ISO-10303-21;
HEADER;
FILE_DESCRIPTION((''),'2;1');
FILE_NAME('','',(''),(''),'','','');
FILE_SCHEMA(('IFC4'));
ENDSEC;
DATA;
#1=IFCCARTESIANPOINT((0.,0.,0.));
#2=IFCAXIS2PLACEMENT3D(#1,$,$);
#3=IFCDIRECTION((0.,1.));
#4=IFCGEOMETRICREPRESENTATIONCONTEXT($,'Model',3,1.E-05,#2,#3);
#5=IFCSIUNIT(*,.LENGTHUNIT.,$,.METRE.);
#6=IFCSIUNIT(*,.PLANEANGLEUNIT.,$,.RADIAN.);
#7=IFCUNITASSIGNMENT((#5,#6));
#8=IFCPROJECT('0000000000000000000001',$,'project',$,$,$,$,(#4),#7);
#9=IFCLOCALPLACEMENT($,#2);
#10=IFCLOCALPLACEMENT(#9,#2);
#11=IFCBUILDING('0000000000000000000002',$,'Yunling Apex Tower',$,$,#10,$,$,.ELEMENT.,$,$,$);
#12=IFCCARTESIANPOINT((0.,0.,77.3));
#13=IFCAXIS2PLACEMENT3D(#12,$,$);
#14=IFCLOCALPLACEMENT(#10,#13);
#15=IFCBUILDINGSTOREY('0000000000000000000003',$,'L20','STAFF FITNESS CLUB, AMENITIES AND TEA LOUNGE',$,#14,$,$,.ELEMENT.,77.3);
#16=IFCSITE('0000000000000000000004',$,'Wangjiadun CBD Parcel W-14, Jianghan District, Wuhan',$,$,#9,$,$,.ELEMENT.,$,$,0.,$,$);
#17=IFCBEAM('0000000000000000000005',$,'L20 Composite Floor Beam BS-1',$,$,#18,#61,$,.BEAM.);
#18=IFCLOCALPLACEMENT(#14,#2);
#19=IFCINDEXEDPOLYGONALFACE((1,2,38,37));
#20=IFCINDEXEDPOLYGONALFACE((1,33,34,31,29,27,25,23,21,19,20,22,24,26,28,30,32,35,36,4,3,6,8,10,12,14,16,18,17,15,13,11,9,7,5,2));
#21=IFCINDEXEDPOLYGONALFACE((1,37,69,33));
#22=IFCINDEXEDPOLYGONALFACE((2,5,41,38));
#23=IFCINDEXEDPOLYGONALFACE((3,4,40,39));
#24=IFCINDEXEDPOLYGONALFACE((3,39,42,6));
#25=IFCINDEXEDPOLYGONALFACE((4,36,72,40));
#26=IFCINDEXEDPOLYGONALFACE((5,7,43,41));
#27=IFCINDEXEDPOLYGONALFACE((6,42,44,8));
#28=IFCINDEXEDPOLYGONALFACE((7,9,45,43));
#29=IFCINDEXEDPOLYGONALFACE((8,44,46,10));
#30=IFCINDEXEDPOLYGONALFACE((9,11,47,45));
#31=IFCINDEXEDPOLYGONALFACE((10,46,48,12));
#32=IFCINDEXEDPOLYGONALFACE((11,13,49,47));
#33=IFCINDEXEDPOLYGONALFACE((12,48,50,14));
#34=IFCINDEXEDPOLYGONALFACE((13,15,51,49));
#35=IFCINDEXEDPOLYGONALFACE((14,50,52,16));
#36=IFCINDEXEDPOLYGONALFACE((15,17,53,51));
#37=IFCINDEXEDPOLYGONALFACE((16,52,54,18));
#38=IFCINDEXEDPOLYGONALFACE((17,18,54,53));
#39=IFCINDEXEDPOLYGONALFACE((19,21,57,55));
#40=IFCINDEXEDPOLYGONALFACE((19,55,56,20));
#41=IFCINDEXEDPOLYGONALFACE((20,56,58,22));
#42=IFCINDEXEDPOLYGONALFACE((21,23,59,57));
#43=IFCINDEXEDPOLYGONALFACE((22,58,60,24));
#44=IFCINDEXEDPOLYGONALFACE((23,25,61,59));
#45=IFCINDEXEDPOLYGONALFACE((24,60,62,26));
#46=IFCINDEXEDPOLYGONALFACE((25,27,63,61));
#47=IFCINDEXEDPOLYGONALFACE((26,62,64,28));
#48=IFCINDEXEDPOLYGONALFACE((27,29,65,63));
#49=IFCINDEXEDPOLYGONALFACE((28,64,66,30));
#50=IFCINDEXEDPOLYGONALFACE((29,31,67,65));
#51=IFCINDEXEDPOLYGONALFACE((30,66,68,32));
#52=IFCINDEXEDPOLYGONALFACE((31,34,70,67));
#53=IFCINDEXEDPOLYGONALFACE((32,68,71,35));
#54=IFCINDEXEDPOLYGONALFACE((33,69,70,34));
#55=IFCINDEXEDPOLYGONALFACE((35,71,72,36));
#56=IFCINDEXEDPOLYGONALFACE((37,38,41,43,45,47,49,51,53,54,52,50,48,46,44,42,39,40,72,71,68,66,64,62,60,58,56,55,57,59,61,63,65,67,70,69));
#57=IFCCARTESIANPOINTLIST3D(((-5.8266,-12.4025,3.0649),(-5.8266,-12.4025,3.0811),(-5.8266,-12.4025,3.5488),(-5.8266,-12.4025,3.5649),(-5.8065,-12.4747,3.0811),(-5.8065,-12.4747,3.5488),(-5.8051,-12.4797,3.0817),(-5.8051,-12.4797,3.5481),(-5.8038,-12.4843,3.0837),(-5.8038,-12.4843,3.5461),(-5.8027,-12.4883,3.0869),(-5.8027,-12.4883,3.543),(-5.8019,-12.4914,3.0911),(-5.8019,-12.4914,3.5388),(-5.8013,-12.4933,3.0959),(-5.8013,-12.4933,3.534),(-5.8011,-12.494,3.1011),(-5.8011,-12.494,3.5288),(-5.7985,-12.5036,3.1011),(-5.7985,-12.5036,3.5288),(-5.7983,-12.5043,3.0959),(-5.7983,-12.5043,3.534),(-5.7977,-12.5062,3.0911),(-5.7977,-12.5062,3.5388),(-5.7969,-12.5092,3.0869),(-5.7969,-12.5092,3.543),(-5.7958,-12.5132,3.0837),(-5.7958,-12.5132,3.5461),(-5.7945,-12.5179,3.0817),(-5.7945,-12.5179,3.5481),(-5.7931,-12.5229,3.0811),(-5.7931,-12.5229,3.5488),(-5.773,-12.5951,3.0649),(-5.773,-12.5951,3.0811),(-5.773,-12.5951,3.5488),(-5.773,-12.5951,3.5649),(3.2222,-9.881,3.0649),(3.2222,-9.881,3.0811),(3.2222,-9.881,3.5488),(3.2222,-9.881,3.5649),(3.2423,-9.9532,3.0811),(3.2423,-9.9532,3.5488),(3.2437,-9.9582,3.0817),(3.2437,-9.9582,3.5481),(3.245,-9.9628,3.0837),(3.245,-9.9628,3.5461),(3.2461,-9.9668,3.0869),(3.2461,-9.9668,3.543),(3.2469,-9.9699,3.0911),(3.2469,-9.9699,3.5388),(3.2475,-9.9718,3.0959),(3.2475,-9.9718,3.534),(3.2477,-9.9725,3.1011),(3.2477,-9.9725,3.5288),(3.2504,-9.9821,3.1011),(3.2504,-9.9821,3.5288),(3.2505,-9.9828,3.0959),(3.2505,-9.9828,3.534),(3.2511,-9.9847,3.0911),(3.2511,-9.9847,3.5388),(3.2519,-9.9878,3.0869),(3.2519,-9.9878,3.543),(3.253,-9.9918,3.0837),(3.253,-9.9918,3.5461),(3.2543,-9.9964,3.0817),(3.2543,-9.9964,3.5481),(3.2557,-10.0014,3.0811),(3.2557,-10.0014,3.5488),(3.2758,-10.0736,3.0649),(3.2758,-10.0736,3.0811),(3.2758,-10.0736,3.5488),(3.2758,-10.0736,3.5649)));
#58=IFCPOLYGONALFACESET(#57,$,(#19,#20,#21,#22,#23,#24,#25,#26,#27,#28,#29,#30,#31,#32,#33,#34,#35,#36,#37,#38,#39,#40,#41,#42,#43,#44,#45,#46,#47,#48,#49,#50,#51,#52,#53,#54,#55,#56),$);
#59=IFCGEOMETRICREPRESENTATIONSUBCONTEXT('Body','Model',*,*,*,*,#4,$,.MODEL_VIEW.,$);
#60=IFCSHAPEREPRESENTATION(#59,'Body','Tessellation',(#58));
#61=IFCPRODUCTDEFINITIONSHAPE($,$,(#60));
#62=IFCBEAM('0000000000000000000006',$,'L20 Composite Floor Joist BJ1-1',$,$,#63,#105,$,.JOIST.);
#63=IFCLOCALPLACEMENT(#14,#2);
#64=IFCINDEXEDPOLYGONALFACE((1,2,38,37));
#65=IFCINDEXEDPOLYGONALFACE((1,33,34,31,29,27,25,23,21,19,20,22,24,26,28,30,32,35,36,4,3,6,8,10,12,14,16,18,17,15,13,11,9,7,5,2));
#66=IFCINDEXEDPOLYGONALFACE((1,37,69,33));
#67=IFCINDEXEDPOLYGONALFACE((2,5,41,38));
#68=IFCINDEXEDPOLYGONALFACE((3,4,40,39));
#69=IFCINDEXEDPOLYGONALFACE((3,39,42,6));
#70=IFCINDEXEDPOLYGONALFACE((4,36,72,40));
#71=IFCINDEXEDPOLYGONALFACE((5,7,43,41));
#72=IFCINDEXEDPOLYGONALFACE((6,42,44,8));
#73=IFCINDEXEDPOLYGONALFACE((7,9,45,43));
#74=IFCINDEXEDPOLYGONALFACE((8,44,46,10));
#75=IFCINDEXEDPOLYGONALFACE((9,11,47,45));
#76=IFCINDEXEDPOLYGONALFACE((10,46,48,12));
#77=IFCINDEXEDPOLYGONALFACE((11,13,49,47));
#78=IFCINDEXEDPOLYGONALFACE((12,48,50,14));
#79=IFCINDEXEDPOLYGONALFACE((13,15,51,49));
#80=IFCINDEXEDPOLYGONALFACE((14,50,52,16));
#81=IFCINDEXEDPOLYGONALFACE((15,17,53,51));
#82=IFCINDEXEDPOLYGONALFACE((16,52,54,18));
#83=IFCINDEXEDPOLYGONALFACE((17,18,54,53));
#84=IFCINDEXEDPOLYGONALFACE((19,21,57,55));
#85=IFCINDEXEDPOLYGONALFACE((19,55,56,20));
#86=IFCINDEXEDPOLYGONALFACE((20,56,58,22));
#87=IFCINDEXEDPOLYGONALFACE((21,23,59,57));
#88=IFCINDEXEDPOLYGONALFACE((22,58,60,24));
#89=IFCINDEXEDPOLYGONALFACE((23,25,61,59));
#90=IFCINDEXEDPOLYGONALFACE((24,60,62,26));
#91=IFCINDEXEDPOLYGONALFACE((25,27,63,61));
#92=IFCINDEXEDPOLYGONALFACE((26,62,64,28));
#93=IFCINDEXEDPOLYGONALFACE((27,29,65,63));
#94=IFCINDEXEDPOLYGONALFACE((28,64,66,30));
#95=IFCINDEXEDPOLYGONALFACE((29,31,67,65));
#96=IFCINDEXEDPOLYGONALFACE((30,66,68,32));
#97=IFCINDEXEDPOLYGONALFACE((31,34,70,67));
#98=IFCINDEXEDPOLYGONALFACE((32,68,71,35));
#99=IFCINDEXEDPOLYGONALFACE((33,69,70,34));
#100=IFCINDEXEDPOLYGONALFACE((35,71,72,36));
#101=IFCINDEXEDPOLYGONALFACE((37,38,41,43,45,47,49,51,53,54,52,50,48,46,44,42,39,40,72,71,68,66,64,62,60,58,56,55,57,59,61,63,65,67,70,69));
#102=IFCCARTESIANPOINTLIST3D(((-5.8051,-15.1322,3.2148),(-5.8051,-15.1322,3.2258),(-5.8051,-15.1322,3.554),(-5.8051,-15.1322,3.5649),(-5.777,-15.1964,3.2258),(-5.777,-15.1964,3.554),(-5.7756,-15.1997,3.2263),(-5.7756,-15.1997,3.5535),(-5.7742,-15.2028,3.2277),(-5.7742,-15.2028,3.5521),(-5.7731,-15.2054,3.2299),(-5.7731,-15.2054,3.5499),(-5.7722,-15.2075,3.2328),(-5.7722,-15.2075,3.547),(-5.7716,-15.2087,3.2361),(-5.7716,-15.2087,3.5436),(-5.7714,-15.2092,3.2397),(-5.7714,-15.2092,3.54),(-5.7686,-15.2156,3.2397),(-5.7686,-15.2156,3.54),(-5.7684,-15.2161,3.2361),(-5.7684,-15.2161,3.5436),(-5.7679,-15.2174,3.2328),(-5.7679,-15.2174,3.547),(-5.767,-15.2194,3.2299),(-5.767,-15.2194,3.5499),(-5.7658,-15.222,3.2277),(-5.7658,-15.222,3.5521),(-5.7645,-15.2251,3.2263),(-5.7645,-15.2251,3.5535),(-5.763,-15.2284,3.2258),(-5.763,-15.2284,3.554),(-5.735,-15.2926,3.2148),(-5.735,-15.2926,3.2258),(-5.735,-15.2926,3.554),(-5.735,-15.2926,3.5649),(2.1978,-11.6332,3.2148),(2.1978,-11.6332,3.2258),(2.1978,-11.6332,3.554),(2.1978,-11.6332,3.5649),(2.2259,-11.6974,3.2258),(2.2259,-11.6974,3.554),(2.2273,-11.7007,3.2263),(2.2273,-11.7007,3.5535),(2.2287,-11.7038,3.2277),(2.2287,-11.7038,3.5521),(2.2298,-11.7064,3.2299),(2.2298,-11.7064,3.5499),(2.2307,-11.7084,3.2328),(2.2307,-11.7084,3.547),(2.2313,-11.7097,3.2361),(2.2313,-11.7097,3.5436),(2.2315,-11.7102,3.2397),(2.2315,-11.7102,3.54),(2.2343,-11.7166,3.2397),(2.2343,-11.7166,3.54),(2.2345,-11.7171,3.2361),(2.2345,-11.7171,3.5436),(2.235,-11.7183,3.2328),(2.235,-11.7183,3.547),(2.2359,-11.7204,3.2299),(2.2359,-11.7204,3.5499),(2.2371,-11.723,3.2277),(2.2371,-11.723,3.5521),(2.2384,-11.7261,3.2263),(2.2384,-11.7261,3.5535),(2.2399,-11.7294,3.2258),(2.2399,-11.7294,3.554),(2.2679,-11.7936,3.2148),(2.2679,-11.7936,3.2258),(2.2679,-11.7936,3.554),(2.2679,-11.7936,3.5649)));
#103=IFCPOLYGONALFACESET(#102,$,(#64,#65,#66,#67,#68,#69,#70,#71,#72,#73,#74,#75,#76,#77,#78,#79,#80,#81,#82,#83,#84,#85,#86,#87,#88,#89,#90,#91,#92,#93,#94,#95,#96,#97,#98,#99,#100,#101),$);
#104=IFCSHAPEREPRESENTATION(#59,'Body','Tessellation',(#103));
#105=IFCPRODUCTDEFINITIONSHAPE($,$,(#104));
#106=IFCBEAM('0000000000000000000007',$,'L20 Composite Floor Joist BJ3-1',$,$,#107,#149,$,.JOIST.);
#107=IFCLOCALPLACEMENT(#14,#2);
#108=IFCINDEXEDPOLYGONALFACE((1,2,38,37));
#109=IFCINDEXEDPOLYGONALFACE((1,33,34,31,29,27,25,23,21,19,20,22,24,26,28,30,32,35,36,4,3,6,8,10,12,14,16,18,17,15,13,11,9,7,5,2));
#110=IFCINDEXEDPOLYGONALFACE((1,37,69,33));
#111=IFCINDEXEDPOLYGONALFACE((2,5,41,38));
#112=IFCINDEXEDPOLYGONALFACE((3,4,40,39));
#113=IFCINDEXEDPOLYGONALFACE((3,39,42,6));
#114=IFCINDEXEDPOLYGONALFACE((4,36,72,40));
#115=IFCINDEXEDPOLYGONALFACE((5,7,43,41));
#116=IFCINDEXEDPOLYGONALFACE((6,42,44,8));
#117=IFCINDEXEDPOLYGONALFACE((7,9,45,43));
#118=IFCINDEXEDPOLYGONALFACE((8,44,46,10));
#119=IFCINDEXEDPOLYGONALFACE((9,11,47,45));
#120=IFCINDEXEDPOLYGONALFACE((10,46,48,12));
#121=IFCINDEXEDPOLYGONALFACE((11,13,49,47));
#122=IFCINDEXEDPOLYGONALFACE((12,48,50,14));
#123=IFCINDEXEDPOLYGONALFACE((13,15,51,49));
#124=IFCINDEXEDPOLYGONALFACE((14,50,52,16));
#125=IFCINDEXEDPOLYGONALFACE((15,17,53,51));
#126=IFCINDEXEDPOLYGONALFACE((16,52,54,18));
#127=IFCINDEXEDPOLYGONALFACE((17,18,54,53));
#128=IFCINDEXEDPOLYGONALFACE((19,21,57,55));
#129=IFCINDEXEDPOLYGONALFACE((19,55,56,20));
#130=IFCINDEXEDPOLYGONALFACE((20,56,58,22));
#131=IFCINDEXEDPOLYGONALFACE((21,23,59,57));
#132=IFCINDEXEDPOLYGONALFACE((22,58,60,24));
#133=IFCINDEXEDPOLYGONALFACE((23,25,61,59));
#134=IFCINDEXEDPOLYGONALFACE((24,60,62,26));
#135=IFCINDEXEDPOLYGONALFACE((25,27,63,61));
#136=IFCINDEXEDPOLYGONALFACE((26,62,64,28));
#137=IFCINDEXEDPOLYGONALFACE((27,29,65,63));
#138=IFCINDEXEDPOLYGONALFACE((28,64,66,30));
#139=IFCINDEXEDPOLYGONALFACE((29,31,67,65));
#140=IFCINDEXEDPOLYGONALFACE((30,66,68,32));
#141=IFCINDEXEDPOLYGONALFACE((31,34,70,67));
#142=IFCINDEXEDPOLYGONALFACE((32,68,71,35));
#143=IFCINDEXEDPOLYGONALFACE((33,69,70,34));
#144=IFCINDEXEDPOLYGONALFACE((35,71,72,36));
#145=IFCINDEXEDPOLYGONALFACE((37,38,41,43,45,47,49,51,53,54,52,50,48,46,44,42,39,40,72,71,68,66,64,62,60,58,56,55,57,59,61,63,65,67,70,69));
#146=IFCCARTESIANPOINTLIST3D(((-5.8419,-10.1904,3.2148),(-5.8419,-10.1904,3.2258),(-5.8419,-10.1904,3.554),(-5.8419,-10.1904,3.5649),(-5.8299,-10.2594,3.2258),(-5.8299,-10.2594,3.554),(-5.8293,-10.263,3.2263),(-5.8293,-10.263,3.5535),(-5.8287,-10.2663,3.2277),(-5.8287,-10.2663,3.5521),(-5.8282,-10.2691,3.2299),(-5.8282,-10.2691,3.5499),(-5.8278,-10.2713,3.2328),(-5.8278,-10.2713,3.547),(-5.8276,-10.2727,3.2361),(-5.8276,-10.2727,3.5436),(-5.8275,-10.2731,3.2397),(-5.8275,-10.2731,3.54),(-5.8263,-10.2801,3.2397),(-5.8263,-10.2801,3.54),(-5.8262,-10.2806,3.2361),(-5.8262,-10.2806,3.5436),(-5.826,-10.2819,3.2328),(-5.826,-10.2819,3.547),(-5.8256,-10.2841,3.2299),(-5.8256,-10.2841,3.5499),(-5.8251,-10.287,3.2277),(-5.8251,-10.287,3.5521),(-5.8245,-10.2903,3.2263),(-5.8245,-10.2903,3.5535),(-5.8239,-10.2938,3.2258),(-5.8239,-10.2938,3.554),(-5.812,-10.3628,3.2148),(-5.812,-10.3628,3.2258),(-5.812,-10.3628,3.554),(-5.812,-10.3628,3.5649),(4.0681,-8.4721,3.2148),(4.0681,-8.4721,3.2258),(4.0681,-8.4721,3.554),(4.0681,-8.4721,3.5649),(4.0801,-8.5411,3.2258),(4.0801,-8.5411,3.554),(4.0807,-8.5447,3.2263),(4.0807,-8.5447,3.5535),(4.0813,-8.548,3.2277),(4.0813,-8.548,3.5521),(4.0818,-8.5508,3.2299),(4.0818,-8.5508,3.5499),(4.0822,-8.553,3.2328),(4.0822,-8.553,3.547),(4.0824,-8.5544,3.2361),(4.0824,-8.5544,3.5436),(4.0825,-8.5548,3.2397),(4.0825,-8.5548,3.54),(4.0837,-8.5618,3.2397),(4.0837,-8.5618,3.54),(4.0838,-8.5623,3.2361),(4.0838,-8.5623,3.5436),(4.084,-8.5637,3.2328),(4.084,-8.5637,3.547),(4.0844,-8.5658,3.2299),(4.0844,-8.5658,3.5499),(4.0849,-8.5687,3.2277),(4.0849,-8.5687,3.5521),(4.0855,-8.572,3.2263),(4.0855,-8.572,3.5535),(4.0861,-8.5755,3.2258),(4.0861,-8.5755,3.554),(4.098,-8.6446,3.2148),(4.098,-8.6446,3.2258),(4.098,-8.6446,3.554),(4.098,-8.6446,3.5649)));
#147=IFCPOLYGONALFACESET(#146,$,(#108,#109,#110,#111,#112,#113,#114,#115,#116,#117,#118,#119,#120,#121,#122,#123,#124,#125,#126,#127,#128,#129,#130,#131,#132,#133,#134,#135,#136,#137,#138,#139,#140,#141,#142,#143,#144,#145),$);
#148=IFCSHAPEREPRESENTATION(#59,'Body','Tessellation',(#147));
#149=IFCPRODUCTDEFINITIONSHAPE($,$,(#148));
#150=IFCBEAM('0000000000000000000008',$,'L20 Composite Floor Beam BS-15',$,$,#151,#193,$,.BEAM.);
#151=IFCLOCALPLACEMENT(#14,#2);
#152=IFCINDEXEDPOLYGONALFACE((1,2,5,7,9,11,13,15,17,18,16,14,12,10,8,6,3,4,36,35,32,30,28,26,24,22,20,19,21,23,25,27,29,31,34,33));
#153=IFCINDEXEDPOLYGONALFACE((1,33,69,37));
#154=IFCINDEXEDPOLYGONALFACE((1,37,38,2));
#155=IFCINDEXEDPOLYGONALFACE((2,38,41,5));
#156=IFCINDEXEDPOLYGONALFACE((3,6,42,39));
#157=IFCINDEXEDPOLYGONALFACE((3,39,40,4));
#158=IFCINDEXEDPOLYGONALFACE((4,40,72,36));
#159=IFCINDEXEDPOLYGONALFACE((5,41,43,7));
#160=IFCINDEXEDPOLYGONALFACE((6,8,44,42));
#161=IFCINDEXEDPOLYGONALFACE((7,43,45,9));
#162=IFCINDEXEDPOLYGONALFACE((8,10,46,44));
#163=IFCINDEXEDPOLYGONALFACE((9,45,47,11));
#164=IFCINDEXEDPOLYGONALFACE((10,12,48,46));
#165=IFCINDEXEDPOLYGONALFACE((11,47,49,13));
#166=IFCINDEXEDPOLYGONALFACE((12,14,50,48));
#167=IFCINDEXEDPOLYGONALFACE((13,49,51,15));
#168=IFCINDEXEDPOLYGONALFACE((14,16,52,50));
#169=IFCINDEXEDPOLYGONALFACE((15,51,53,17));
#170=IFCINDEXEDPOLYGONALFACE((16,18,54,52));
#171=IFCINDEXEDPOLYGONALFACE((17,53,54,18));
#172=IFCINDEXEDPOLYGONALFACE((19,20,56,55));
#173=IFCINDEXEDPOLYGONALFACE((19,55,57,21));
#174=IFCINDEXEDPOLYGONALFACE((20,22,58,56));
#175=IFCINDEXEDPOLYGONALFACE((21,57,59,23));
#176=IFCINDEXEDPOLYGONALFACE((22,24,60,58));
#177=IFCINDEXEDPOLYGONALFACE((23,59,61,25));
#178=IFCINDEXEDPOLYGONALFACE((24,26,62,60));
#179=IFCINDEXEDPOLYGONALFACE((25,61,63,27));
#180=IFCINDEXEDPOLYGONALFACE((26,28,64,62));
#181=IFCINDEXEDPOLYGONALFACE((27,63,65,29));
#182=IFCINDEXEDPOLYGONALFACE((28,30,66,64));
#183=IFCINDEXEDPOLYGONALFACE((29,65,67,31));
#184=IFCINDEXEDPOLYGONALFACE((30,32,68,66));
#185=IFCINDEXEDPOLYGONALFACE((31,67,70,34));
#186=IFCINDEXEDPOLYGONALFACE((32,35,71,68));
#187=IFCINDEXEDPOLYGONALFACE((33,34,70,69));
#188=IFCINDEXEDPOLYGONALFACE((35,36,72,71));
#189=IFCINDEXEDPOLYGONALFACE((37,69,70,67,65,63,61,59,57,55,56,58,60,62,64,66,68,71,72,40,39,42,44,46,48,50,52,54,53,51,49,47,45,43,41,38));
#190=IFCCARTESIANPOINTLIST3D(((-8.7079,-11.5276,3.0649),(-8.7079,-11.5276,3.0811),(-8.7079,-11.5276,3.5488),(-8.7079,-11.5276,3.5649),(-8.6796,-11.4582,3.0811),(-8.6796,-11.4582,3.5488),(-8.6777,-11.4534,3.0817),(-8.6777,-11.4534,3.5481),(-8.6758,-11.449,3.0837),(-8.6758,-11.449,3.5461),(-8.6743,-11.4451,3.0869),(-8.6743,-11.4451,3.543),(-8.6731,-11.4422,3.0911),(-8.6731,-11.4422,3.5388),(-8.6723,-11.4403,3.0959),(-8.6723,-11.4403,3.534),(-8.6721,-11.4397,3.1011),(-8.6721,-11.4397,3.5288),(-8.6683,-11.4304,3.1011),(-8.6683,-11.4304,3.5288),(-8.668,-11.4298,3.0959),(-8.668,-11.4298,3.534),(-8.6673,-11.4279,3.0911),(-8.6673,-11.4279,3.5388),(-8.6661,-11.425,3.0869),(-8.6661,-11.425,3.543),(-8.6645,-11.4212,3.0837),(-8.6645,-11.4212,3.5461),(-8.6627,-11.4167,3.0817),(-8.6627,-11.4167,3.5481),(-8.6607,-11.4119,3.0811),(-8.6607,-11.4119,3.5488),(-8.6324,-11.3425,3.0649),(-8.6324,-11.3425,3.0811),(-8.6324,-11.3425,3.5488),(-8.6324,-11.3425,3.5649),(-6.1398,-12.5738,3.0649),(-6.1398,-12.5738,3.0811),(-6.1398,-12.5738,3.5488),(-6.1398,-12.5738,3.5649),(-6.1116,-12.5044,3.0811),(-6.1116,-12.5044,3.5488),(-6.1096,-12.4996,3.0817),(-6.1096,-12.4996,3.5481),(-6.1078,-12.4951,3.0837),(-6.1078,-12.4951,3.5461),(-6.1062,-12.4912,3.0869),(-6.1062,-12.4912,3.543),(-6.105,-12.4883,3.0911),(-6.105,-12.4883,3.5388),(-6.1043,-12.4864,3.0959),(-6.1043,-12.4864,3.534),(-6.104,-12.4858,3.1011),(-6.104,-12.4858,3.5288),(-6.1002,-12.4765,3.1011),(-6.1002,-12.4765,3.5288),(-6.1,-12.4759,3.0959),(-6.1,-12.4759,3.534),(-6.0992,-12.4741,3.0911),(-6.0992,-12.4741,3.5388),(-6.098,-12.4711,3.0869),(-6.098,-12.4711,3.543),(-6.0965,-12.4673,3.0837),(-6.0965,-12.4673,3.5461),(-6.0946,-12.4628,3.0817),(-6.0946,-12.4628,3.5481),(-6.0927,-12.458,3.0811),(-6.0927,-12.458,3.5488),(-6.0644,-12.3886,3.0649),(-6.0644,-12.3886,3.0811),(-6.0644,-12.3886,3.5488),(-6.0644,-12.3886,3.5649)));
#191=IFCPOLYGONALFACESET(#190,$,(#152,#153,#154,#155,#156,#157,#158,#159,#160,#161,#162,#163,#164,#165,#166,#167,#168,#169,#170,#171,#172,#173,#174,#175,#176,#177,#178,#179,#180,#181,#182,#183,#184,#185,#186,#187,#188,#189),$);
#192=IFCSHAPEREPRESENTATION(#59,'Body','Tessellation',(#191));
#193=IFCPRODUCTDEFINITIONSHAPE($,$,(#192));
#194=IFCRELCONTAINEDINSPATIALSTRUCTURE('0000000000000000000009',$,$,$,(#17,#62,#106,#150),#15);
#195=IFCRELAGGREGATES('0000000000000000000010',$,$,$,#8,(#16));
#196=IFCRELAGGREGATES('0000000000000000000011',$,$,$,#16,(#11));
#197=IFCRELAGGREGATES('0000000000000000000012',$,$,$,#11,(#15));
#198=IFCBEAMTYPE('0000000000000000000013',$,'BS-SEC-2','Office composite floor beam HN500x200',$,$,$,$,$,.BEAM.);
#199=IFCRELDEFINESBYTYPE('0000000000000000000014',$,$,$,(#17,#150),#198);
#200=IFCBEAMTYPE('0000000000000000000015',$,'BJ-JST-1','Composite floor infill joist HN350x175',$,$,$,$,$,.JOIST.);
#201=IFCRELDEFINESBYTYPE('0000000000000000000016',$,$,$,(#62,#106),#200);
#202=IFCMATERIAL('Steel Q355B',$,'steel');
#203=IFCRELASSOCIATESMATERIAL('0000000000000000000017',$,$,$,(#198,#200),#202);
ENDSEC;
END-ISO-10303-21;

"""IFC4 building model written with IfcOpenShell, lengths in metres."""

from ifc_helpers import new_model, si_unit, direction, frame, origin, origin_2d, place, context, subcontext, project, spatial, i_section, extrude, source, transform, mapped, material, material_profile, profile_set, type_object, element, save


model = new_model("IFC4")

# Units and contexts
model_context = context("Model", 3, precision=1e-05, world=origin(), true_north=direction((0.0, 1.0)))
body_context = subcontext(model_context, "Body", "Model", "MODEL_VIEW")
ifc_project = project(units=[si_unit("LENGTHUNIT", "METRE"), si_unit("PLANEANGLEUNIT", "RADIAN")], contexts=[model_context])

# Site, building, storey
site_placement = place(None, origin())
site = spatial("IfcSite", under=ifc_project, at=site_placement, Name="Wangjiadun CBD Parcel W-14, Jianghan District, Wuhan", CompositionType="ELEMENT", RefElevation=0.0)
building_placement = place(site_placement, origin())
building = spatial("IfcBuilding", under=site, at=building_placement, Name="Yunling Apex Tower", CompositionType="ELEMENT")
storey_placement = place(building_placement, frame((0.0, 0.0, 77.3)))
storey = spatial("IfcBuildingStorey", under=building, at=storey_placement, Name="L20", Description="STAFF FITNESS CLUB, AMENITIES AND TEA LOUNGE", CompositionType="ELEMENT", Elevation=77.3)

# Beams
ifc_material_1 = material(Name="Steel Q355B", Category="steel")
ifc_material_profile_1 = material_profile(ifc_material_1, i_section(OverallWidth=0.2, OverallDepth=0.5, WebThickness=0.01, FlangeThickness=0.0161, FilletRadius=0.02, at=origin_2d()))
ifc_profile_set_1 = profile_set([ifc_material_profile_1], Name="Steel Q355B")
beam_type_1 = type_object("IfcBeamType", Name="BS-SEC-2", Description="Office composite floor beam HN500x200", PredefinedType="BEAM", material=ifc_profile_set_1)
shared_shape_1 = source(origin(), body_context, "Body", "SweptSolid", [
    extrude(i_section(OverallWidth=0.2, OverallDepth=0.5, WebThickness=0.01, FlangeThickness=0.0161, FilletRadius=0.02, at=origin_2d()), origin(), (0.0, 0.0, 1.0), 9.3936),
])
beam_1_placement = place(storey_placement, frame((-5.7998, -12.4988, 3.3149), z_axis=(0.9633, 0.268427, 0.0), x_axis=(-0.268427, 0.9633, 0.0)))
element("IfcBeam", 1, at=beam_1_placement, inside=storey, type_object=beam_type_1, Name="L20 Composite Floor Beam BS-1", PredefinedType="BEAM", context=body_context, shape_type="MappedRepresentation", body=[
    mapped(shared_shape_1, transform((0.0, 0.0, 0.0), scale=1.0)),
])
ifc_material_profile_2 = material_profile(ifc_material_1, i_section(OverallWidth=0.175, OverallDepth=0.3501, WebThickness=0.0071, FlangeThickness=0.011, FilletRadius=0.0139, at=origin_2d()))
ifc_profile_set_2 = profile_set([ifc_material_profile_2], Name="Steel Q355B")
beam_type_2 = type_object("IfcBeamType", Name="BJ-JST-1", Description="Composite floor infill joist HN350x175", PredefinedType="JOIST", material=ifc_profile_set_2)
shared_shape_2 = source(origin(), body_context, "Body", "SweptSolid", [
    extrude(i_section(OverallWidth=0.175, OverallDepth=0.3501, WebThickness=0.0071, FlangeThickness=0.011, FilletRadius=0.0139, at=origin_2d()), origin(), (0.0, 0.0, 1.0), 8.7344),
])
beam_2_placement = place(storey_placement, frame((-5.77, -15.2124, 3.3899), z_axis=(0.916252, 0.400602, 0.0), x_axis=(-0.400602, 0.916252, 0.0)))
element("IfcBeam", 2, at=beam_2_placement, inside=storey, type_object=beam_type_2, Name="L20 Composite Floor Joist BJ1-1", PredefinedType="JOIST", context=body_context, shape_type="MappedRepresentation", body=[
    mapped(shared_shape_2, transform((0.0, 0.0, 0.0), scale=1.0)),
])
shared_shape_3 = source(origin(), body_context, "Body", "SweptSolid", [
    extrude(i_section(OverallWidth=0.175, OverallDepth=0.3501, WebThickness=0.0071, FlangeThickness=0.011, FilletRadius=0.0139, at=origin_2d()), origin(), (0.0, 0.0, 1.0), 10.0579),
])
beam_3_placement = place(storey_placement, frame((-5.8269, -10.2766, 3.3899), z_axis=(0.985299, 0.170839, 0.0), x_axis=(-0.170839, 0.985299, 0.0)))
element("IfcBeam", 3, at=beam_3_placement, inside=storey, type_object=beam_type_2, Name="L20 Composite Floor Joist BJ3-1", PredefinedType="JOIST", context=body_context, shape_type="MappedRepresentation", body=[
    mapped(shared_shape_3, transform((0.0, 0.0, 0.0), scale=1.0)),
])
shared_shape_4 = source(origin(), body_context, "Body", "SweptSolid", [
    extrude(i_section(OverallWidth=0.2, OverallDepth=0.5, WebThickness=0.01, FlangeThickness=0.0161, FilletRadius=0.02, at=origin_2d()), origin(), (0.0, 0.0, 1.0), 2.7729),
])
beam_4_placement = place(storey_placement, frame((-8.6702, -11.4351, 3.3149), z_axis=(0.926108, -0.377258, 0.0), x_axis=(0.377258, 0.926108, 0.0)))
element("IfcBeam", 4, at=beam_4_placement, inside=storey, type_object=beam_type_1, Name="L20 Composite Floor Beam BS-15", PredefinedType="BEAM", context=body_context, shape_type="MappedRepresentation", body=[
    mapped(shared_shape_4, transform((0.0, 0.0, 0.0), scale=1.0)),
])

save(model, "model.ifc")
